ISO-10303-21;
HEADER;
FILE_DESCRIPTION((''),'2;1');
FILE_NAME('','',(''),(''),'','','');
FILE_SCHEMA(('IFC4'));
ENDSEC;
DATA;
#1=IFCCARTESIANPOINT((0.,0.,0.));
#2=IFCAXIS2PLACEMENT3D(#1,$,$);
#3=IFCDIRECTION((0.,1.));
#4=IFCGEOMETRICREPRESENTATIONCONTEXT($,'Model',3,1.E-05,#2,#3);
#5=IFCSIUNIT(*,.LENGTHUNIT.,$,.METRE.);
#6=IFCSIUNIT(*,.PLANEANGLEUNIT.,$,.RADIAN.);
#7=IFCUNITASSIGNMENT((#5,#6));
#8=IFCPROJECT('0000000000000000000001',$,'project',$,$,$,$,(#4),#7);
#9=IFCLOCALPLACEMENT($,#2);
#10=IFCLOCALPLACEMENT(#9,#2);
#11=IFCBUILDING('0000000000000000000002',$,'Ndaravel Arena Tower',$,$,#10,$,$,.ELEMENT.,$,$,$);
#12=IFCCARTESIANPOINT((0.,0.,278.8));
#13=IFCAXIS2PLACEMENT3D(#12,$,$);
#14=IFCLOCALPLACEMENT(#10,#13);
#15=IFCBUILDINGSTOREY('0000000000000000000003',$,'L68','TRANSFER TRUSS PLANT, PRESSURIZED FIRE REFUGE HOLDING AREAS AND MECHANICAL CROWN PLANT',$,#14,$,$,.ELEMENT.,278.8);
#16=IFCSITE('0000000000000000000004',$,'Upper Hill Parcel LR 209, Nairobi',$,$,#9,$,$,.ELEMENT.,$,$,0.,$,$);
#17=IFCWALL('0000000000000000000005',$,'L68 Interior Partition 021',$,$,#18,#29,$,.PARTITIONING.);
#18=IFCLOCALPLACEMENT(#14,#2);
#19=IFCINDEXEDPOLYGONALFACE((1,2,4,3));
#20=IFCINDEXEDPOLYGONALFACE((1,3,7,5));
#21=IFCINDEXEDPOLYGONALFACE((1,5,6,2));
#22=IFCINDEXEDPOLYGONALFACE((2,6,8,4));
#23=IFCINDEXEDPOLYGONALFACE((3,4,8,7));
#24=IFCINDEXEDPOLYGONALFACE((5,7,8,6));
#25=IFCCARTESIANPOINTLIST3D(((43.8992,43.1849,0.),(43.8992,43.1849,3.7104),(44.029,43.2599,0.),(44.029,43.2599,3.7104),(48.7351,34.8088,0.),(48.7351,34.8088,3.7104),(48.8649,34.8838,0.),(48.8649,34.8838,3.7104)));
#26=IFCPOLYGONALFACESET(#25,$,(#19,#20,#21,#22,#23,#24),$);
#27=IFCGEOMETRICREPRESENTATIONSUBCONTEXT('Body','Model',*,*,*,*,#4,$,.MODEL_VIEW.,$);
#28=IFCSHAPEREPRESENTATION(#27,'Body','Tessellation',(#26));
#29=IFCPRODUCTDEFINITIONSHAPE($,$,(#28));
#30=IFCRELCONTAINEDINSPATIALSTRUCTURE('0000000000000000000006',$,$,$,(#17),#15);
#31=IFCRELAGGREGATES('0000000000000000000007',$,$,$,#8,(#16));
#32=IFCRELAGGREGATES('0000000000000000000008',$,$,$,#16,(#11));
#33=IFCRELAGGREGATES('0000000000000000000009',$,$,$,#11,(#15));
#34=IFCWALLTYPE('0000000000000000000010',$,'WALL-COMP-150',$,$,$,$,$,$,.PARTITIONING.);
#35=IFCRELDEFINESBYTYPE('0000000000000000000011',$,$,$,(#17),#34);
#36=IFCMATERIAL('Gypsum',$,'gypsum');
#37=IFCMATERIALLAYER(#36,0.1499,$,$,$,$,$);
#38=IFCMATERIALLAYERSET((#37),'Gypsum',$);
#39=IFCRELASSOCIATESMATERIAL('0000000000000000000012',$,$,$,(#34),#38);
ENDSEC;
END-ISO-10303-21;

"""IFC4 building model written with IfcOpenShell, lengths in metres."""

from ifc_helpers import new_model, si_unit, direction, frame, frame_2d, origin, place, context, subcontext, project, spatial, rectangle, extrude, material, layer, layer_set, type_object, element, save


model = new_model("IFC4")

# Units and contexts
model_context = context("Model", 3, precision=1e-05, world=origin(), true_north=direction((0.0, 1.0)))
body_context = subcontext(model_context, "Body", "Model", "MODEL_VIEW")
ifc_project = project(units=[si_unit("LENGTHUNIT", "METRE"), si_unit("PLANEANGLEUNIT", "RADIAN")], contexts=[model_context])

# Site, building, storey
site_placement = place(None, origin())
site = spatial("IfcSite", under=ifc_project, at=site_placement, Name="Upper Hill Parcel LR 209, Nairobi", CompositionType="ELEMENT", RefElevation=0.0)
building_placement = place(site_placement, origin())
building = spatial("IfcBuilding", under=site, at=building_placement, Name="Ndaravel Arena Tower", CompositionType="ELEMENT")
storey_placement = place(building_placement, frame((0.0, 0.0, 278.8)))
storey = spatial("IfcBuildingStorey", under=building, at=storey_placement, Name="L68", Description="TRANSFER TRUSS PLANT, PRESSURIZED FIRE REFUGE HOLDING AREAS AND MECHANICAL CROWN PLANT", CompositionType="ELEMENT", Elevation=278.8)

# Shared definitions
ifc_material_1 = material(Name="Gypsum", Category="gypsum")
ifc_layer_1 = layer(ifc_material_1, 0.1499)
ifc_layer_set_1 = layer_set([ifc_layer_1], Name="Gypsum")
wall_type = type_object("IfcWallType", Name="WALL-COMP-150", PredefinedType="PARTITIONING", material=ifc_layer_set_1)

# Wall
wall_1_placement = place(storey_placement, frame((43.9641, 43.2224, 0.0), z_axis=(0.0, 0.0, 1.0), x_axis=(0.499994, -0.866029, 0.0)))
element("IfcWall", 1, at=wall_1_placement, inside=storey, type_object=wall_type, Name="L68 Interior Partition 021", PredefinedType="PARTITIONING", context=body_context, shape_type="SweptSolid", body=[
    extrude(rectangle(XDim=9.6719, YDim=0.1499, at=frame_2d((4.8359, 0.0))), origin(), (0.0, 0.0, 1.0), 3.7104),
])

save(model, "model.ifc")
